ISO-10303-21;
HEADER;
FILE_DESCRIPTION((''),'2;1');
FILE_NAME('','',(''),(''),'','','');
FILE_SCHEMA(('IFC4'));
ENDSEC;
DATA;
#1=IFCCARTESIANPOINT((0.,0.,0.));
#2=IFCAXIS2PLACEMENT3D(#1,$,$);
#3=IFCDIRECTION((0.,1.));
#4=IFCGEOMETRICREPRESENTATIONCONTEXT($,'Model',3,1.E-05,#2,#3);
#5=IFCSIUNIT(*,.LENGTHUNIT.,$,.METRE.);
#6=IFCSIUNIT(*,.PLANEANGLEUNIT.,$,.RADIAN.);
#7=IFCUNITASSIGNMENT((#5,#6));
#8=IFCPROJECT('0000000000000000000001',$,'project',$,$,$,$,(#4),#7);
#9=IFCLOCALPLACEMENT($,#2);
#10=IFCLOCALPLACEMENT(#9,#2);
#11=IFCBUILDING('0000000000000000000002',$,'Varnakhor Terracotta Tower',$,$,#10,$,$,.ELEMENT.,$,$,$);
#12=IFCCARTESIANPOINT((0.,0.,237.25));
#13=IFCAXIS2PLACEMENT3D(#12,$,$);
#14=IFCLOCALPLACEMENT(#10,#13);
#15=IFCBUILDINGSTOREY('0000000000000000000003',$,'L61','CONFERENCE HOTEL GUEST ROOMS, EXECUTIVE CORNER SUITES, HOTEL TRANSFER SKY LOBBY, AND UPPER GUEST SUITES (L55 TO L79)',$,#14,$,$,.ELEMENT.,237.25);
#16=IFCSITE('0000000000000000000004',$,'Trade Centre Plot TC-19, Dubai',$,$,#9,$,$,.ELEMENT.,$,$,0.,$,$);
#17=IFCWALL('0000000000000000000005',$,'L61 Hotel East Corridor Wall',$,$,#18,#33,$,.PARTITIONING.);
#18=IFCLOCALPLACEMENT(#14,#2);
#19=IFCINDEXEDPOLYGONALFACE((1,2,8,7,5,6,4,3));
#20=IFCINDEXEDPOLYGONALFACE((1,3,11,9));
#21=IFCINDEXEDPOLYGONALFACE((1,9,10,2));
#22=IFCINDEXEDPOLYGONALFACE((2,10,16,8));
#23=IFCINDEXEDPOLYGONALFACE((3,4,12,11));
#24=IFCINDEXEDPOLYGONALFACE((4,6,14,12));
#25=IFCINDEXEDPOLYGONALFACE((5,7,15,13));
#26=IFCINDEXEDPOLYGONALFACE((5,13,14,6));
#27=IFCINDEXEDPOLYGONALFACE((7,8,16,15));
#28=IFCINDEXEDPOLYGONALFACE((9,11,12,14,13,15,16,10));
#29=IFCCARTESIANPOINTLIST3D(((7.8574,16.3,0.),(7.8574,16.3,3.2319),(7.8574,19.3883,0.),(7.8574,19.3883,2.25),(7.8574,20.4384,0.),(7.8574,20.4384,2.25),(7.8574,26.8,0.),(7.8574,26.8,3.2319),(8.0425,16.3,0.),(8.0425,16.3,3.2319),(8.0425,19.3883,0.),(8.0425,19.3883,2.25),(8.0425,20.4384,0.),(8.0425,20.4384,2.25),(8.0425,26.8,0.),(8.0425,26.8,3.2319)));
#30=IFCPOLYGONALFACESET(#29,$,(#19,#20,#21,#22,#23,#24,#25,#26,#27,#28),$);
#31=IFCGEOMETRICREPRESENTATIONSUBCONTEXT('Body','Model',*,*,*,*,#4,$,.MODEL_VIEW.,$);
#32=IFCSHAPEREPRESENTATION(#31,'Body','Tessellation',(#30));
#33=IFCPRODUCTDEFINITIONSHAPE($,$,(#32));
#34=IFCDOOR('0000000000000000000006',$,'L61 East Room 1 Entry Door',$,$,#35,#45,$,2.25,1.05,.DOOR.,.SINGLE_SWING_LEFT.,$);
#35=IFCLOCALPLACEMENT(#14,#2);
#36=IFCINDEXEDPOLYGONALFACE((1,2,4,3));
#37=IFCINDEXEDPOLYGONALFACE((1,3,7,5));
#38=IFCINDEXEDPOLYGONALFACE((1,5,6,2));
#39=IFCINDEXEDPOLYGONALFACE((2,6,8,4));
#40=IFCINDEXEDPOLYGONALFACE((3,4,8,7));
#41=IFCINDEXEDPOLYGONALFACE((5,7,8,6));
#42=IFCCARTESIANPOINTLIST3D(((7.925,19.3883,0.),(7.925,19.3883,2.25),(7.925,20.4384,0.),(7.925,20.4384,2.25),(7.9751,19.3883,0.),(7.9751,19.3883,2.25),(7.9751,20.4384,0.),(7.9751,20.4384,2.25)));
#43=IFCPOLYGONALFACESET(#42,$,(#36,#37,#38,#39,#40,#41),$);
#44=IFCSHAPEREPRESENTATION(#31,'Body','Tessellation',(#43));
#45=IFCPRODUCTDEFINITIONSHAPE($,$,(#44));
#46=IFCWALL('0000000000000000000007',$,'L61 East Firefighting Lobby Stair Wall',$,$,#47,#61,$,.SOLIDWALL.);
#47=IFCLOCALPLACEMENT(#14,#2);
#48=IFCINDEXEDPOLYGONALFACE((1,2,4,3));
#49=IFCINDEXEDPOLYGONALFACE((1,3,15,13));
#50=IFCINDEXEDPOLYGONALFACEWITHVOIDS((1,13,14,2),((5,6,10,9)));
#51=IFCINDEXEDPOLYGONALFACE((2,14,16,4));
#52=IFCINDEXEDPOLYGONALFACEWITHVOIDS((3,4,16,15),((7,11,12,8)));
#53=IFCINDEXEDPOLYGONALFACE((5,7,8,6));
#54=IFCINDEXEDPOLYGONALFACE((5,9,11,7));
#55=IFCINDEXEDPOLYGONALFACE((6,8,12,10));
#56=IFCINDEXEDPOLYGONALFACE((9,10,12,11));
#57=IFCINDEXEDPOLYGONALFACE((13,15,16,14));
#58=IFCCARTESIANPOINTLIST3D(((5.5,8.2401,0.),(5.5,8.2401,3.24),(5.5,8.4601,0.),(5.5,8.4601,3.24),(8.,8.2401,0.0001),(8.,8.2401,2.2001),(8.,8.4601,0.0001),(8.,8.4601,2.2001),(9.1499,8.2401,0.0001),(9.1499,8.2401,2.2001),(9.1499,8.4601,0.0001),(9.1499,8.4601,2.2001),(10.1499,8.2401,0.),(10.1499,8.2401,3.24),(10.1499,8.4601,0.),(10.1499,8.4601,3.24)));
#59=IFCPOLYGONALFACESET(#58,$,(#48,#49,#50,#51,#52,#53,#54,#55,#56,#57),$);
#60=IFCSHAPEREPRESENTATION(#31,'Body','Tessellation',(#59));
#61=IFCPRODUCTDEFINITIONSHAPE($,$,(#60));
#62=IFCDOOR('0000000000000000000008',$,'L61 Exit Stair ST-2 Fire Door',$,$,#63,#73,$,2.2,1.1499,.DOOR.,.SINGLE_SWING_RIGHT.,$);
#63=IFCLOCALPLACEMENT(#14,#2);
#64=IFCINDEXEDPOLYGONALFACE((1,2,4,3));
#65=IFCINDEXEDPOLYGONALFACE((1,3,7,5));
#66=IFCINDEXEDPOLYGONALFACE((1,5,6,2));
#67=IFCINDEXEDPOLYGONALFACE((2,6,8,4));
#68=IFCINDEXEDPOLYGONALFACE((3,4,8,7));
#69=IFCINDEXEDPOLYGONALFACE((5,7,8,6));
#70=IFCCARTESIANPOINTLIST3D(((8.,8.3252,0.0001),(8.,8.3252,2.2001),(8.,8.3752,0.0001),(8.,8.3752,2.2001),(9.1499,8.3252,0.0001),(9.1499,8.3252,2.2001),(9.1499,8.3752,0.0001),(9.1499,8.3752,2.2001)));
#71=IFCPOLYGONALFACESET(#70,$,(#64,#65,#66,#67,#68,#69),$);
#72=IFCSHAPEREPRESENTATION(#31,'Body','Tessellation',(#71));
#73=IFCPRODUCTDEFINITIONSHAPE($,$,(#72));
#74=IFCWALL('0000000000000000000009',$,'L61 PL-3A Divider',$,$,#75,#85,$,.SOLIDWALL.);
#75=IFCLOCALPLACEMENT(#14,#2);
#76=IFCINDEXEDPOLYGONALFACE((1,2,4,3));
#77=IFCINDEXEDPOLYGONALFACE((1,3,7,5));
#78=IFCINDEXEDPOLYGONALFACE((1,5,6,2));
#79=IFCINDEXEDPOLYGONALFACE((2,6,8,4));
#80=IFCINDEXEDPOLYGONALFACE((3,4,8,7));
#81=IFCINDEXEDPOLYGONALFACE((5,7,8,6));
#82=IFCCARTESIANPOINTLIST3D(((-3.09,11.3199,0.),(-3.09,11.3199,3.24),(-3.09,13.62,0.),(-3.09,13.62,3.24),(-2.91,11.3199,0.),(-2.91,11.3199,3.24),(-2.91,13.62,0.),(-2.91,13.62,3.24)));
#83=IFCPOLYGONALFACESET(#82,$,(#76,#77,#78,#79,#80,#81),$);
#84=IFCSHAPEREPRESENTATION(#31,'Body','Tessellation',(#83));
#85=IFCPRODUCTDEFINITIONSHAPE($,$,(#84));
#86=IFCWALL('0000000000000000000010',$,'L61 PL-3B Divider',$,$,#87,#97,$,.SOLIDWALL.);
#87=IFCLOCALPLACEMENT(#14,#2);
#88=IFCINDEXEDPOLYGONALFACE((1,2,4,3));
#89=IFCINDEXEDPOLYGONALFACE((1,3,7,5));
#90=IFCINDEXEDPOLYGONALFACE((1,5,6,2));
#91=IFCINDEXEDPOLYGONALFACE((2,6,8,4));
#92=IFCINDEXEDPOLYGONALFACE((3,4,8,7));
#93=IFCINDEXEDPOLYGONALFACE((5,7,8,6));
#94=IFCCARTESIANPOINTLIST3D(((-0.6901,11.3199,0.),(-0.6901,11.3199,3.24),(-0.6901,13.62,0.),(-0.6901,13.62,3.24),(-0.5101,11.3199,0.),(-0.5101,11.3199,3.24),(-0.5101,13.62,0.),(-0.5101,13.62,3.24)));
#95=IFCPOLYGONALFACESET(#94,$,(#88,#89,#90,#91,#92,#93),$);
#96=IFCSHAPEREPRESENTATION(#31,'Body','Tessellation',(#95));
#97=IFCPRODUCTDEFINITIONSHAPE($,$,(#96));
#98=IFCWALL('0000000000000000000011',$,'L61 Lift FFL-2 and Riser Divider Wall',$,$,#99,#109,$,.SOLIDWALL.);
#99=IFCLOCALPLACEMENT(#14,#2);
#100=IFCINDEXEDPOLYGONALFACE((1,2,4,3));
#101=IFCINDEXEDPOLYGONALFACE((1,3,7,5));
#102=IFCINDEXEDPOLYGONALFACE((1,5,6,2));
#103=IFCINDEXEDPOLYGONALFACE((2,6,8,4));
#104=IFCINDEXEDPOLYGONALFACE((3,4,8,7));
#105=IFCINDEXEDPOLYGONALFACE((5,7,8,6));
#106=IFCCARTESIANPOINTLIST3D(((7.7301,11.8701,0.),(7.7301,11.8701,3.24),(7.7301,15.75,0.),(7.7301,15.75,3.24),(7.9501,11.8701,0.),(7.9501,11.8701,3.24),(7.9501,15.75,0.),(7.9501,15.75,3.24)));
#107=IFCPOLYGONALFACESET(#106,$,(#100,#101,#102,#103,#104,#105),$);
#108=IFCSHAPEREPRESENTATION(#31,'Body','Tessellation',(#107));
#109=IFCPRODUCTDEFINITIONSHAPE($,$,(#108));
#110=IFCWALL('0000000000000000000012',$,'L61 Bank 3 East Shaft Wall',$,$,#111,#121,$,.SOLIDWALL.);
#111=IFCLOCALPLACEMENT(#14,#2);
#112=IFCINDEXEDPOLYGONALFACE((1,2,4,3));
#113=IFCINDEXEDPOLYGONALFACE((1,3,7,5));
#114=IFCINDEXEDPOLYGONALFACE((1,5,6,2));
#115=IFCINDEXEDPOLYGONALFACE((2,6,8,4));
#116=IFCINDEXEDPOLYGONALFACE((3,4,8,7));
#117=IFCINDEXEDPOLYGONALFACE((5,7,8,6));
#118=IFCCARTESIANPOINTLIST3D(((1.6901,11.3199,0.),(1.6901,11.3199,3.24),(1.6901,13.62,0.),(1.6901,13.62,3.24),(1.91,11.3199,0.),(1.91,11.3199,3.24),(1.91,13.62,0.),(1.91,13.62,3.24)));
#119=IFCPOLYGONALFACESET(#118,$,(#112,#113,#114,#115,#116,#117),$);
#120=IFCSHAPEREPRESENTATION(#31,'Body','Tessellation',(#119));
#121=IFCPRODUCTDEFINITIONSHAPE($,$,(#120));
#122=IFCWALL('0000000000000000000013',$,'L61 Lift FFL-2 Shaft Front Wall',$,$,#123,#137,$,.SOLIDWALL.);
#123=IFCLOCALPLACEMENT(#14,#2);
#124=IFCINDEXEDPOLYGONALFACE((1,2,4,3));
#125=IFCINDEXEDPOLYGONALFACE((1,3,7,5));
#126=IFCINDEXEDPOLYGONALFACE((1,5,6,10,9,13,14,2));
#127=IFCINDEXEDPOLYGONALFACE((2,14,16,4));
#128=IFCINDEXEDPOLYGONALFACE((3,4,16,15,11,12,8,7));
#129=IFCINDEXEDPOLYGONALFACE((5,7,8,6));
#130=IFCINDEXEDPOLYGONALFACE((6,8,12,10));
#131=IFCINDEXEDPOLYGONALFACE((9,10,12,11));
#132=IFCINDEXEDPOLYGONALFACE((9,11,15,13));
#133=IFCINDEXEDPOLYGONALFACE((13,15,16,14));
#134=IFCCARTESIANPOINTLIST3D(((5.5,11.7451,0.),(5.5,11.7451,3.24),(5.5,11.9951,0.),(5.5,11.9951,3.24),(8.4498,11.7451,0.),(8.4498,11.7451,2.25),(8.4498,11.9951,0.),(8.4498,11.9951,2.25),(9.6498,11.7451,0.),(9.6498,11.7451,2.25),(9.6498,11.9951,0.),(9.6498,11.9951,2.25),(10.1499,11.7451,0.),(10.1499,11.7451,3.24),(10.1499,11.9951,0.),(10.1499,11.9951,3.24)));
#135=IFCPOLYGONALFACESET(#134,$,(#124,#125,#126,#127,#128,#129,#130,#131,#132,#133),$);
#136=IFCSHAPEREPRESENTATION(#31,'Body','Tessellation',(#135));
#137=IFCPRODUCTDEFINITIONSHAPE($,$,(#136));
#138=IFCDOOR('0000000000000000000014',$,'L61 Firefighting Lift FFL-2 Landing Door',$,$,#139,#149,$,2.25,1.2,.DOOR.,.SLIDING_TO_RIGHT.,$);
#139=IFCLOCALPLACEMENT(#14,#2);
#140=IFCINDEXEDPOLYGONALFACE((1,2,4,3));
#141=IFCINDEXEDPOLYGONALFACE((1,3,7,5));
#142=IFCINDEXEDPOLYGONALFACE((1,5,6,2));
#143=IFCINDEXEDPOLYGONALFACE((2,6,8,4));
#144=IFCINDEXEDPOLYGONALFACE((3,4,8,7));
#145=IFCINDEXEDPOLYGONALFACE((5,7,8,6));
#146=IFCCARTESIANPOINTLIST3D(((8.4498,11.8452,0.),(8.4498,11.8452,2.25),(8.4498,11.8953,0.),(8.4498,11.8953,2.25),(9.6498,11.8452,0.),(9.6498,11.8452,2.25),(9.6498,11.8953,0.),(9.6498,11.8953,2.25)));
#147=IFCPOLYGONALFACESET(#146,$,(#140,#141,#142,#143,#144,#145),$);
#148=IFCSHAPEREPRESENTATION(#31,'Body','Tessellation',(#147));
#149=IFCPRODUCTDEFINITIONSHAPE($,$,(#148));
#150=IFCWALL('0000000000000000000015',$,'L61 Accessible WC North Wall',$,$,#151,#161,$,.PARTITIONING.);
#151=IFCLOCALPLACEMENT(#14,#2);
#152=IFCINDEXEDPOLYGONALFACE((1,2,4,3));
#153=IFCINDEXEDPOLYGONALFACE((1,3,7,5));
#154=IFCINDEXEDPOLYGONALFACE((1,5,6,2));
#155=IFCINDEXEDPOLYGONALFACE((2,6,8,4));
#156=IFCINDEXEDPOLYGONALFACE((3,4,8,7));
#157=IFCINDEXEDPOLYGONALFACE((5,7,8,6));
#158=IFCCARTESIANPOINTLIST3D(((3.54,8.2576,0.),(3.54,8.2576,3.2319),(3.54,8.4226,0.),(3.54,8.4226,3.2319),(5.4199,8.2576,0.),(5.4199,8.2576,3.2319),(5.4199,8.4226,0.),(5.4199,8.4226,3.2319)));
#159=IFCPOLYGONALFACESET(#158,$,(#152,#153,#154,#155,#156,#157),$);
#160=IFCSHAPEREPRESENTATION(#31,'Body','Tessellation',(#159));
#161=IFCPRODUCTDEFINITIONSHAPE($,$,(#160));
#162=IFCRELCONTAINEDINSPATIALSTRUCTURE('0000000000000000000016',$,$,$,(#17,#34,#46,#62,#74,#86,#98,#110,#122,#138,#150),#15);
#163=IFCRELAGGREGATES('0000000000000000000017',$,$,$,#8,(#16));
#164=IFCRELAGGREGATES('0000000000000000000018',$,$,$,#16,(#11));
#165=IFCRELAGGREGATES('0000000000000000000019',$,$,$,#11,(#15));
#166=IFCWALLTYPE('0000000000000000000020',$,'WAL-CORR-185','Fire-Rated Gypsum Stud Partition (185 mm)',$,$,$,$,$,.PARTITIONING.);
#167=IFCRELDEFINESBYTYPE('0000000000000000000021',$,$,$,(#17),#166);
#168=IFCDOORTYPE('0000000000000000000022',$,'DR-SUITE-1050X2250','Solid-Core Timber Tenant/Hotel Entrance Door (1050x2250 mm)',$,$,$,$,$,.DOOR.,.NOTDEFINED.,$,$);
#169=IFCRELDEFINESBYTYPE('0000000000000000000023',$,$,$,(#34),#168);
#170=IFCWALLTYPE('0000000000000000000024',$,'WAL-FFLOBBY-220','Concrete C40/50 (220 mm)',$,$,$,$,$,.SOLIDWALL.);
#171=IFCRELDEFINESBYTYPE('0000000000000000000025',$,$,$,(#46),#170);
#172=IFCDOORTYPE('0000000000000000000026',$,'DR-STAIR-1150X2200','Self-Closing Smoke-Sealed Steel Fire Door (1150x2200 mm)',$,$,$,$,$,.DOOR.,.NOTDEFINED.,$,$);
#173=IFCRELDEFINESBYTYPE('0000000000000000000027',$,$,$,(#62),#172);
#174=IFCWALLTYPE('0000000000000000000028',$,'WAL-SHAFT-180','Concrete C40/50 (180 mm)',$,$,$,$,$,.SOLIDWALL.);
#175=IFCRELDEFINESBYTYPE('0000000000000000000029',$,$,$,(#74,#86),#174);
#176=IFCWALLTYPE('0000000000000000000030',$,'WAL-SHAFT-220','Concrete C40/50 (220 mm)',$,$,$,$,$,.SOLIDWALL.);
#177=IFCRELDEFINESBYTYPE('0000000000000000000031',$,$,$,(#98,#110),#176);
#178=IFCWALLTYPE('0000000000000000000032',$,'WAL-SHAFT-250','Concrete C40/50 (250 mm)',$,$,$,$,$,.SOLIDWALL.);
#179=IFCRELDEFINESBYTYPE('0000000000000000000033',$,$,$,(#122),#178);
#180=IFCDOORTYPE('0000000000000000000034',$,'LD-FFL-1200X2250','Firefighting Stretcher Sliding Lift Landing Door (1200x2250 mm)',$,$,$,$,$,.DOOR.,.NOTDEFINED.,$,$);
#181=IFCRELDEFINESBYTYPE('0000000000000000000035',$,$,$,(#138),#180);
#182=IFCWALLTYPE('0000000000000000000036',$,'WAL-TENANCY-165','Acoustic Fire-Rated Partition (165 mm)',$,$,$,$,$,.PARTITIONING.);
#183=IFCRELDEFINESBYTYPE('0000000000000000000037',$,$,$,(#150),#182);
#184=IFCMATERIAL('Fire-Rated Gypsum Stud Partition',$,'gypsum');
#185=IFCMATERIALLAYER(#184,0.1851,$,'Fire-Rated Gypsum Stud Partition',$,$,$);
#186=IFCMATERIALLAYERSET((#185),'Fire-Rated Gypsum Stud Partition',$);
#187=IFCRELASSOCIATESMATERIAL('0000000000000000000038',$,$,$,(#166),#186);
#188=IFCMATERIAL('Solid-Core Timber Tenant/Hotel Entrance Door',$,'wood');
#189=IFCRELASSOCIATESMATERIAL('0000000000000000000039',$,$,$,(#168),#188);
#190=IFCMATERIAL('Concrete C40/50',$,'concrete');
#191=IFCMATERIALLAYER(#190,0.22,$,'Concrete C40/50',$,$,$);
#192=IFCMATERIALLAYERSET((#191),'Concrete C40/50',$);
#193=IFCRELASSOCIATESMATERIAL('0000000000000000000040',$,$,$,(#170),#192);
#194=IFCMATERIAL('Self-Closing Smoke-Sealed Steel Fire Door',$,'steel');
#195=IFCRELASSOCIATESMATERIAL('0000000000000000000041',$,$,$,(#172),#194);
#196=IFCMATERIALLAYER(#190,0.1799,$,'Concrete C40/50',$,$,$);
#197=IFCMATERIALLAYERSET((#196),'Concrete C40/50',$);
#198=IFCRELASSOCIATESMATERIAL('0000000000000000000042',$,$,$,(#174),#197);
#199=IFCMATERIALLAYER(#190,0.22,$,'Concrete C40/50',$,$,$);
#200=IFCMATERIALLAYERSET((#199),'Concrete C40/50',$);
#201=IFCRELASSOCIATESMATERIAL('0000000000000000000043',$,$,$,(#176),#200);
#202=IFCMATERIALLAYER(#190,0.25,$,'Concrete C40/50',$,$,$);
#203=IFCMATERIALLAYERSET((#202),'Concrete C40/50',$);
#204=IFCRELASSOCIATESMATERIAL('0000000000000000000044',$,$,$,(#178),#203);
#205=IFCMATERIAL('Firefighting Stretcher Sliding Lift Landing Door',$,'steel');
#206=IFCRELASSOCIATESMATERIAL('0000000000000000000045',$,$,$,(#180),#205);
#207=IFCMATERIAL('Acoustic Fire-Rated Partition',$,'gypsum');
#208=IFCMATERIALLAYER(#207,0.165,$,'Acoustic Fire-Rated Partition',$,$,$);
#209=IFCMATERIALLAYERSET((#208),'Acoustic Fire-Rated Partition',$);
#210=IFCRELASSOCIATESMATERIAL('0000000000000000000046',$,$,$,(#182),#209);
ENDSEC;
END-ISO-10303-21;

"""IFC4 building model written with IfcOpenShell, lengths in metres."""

from ifc_helpers import new_model, si_unit, direction, frame, frame_2d, origin, place, context, subcontext, project, spatial, rectangle, extrude, source, transform, mapped, material, layer, layer_set, type_object, type_shapes, element, fill, save


model = new_model("IFC4")

# Units and contexts
model_context = context("Model", 3, precision=1e-05, world=origin(), true_north=direction((0.0, 1.0)))
body_context = subcontext(model_context, "Body", "Model", "MODEL_VIEW")
ifc_project = project(units=[si_unit("LENGTHUNIT", "METRE"), si_unit("PLANEANGLEUNIT", "RADIAN")], contexts=[model_context])

# Site, building, storey
site_placement = place(None, origin())
site = spatial("IfcSite", under=ifc_project, at=site_placement, Name="Trade Centre Plot TC-19, Dubai", CompositionType="ELEMENT", RefElevation=0.0)
building_placement = place(site_placement, origin())
building = spatial("IfcBuilding", under=site, at=building_placement, Name="Varnakhor Terracotta Tower", CompositionType="ELEMENT")
storey_placement = place(building_placement, frame((0.0, 0.0, 237.25)))
storey = spatial("IfcBuildingStorey", under=building, at=storey_placement, Name="L61", Description="CONFERENCE HOTEL GUEST ROOMS, EXECUTIVE CORNER SUITES, HOTEL TRANSFER SKY LOBBY, AND UPPER GUEST SUITES (L55 TO L79)", CompositionType="ELEMENT", Elevation=237.25)

# Shared definitions
ifc_material_1 = material(Name="Fire-Rated Gypsum Stud Partition", Category="gypsum")
ifc_layer_1 = layer(ifc_material_1, 0.1851, Name="Fire-Rated Gypsum Stud Partition")
ifc_layer_set_1 = layer_set([ifc_layer_1], Name="Fire-Rated Gypsum Stud Partition")
wall_type_1 = type_object("IfcWallType", Name="WAL-CORR-185", Description="Fire-Rated Gypsum Stud Partition (185 mm)", PredefinedType="PARTITIONING", material=ifc_layer_set_1)

# Walls, openings, doors
wall_1_placement = place(storey_placement, frame((7.95, 16.3, 0.0), z_axis=(0.0, 0.0, 1.0), x_axis=(0.0, 1.0, 0.0)))
wall_1 = element("IfcWall", 1, at=wall_1_placement, inside=storey, type_object=wall_type_1, Name="L61 Hotel East Corridor Wall", PredefinedType="PARTITIONING", context=body_context, shape_type="SweptSolid", body=[
    extrude(rectangle(XDim=10.5, YDim=0.1851, at=frame_2d((5.25, 0.0))), origin(), (0.0, 0.0, 1.0), 3.2319),
])
opening_1_placement = place(wall_1_placement, frame((3.0884, 0.0, 0.0)))
opening_1 = element("IfcOpeningElement", 2, at=opening_1_placement, cuts=wall_1, PredefinedType="OPENING", context=body_context, shape_type="SweptSolid", body=[
    extrude(rectangle(XDim=1.05, YDim=2.25, at=frame_2d((0.5249, 1.125))), frame((0.0, 0.1025, 0.0), z_axis=(0.0, -1.0, 0.0), x_axis=(1.0, 0.0, 0.0)), (0.0, 0.0, 1.0), 0.2051),
])
ifc_material_2 = material(Name="Solid-Core Timber Tenant/Hotel Entrance Door", Category="wood")
door_type_1 = type_object("IfcDoorType", Name="DR-SUITE-1050X2250", Description="Solid-Core Timber Tenant/Hotel Entrance Door (1050x2250 mm)", OperationType="NOTDEFINED", PredefinedType="DOOR", material=ifc_material_2)
shared_shape_1 = source(origin(), body_context, "Body", "SweptSolid", [
    extrude(rectangle(XDim=1.05, YDim=2.25, at=frame_2d((0.5249, 1.125))), frame((0.0, 0.0249, 0.0), z_axis=(0.0, -1.0, 0.0), x_axis=(1.0, 0.0, 0.0)), (0.0, 0.0, 1.0), 0.05),
])
type_shapes(door_type_1, [shared_shape_1])
door_1_placement = place(opening_1_placement, origin())
door_1 = element("IfcDoor", 3, at=door_1_placement, inside=storey, type_object=door_type_1, Name="L61 East Room 1 Entry Door", OperationType="SINGLE_SWING_LEFT", OverallHeight=2.25, OverallWidth=1.05, PredefinedType="DOOR", context=body_context, shape_type="MappedRepresentation", body=[
    mapped(shared_shape_1, transform((0.0, 0.0, 0.0), scale=1.0)),
])
fill(opening_1, door_1)
ifc_material_3 = material(Name="Concrete C40/50", Category="concrete")
ifc_layer_2 = layer(ifc_material_3, 0.22, Name="Concrete C40/50")
ifc_layer_set_2 = layer_set([ifc_layer_2], Name="Concrete C40/50")
wall_type_2 = type_object("IfcWallType", Name="WAL-FFLOBBY-220", Description="Concrete C40/50 (220 mm)", PredefinedType="SOLIDWALL", material=ifc_layer_set_2)
wall_2_placement = place(storey_placement, frame((10.1499, 8.3501, 0.0), z_axis=(0.0, 0.0, 1.0), x_axis=(-1.0, 0.0, 0.0)))
wall_2 = element("IfcWall", 4, at=wall_2_placement, inside=storey, type_object=wall_type_2, Name="L61 East Firefighting Lobby Stair Wall", PredefinedType="SOLIDWALL", context=body_context, shape_type="SweptSolid", body=[
    extrude(rectangle(XDim=4.6499, YDim=0.22, at=frame_2d((2.325, 0.0))), origin(), (0.0, 0.0, 1.0), 3.24),
])
opening_2_placement = place(wall_2_placement, frame((1.0, 0.0, 0.0)))
opening_2 = element("IfcOpeningElement", 5, at=opening_2_placement, cuts=wall_2, PredefinedType="OPENING", context=body_context, shape_type="SweptSolid", body=[
    extrude(rectangle(XDim=1.1499, YDim=2.2, at=frame_2d((0.575, 1.1001))), frame((0.0, 0.1201, 0.0), z_axis=(0.0, -1.0, 0.0), x_axis=(1.0, 0.0, 0.0)), (0.0, 0.0, 1.0), 0.24),
])
ifc_material_4 = material(Name="Self-Closing Smoke-Sealed Steel Fire Door", Category="steel")
door_type_2 = type_object("IfcDoorType", Name="DR-STAIR-1150X2200", Description="Self-Closing Smoke-Sealed Steel Fire Door (1150x2200 mm)", OperationType="NOTDEFINED", PredefinedType="DOOR", material=ifc_material_4)
shared_shape_2 = source(origin(), body_context, "Body", "SweptSolid", [
    extrude(rectangle(XDim=1.1499, YDim=2.2, at=frame_2d((0.575, 1.1001))), frame((0.0, 0.0249, 0.0), z_axis=(0.0, -1.0, 0.0), x_axis=(1.0, 0.0, 0.0)), (0.0, 0.0, 1.0), 0.05),
])
type_shapes(door_type_2, [shared_shape_2])
door_2_placement = place(opening_2_placement, origin())
door_2 = element("IfcDoor", 6, at=door_2_placement, inside=storey, type_object=door_type_2, Name="L61 Exit Stair ST-2 Fire Door", OperationType="SINGLE_SWING_RIGHT", OverallHeight=2.2, OverallWidth=1.1499, PredefinedType="DOOR", context=body_context, shape_type="MappedRepresentation", body=[
    mapped(shared_shape_2, transform((0.0, 0.0, 0.0), scale=1.0)),
])
fill(opening_2, door_2)

# Walls
ifc_layer_3 = layer(ifc_material_3, 0.1799, Name="Concrete C40/50")
ifc_layer_set_3 = layer_set([ifc_layer_3], Name="Concrete C40/50")
wall_type_3 = type_object("IfcWallType", Name="WAL-SHAFT-180", Description="Concrete C40/50 (180 mm)", PredefinedType="SOLIDWALL", material=ifc_layer_set_3)
for number, where, z_axis, x_axis, name in (
    (7, (-3.0, 11.3201, 0.0), (0.0, 0.0, 1.0), (0.0, 1.0, 0.0), "L61 PL-3A Divider"),
    (8, (-0.6001, 11.3201, 0.0), (0.0, 0.0, 1.0), (0.0, 1.0, 0.0), "L61 PL-3B Divider"),
):
    element("IfcWall", number, at=place(storey_placement, frame(where, z_axis=z_axis, x_axis=x_axis)), inside=storey, type_object=wall_type_3, Name=name, PredefinedType="SOLIDWALL", context=body_context, shape_type="SweptSolid", body=[
        extrude(rectangle(XDim=2.3, YDim=0.1799, at=frame_2d((1.1499, 0.0))), origin(), (0.0, 0.0, 1.0), 3.24),
    ])
ifc_layer_4 = layer(ifc_material_3, 0.22, Name="Concrete C40/50")
ifc_layer_set_4 = layer_set([ifc_layer_4], Name="Concrete C40/50")
wall_type_4 = type_object("IfcWallType", Name="WAL-SHAFT-220", Description="Concrete C40/50 (220 mm)", PredefinedType="SOLIDWALL", material=ifc_layer_set_4)
wall_3_placement = place(storey_placement, frame((7.8401, 11.8701, 0.0), z_axis=(0.0, 0.0, 1.0), x_axis=(0.0, 1.0, 0.0)))
element("IfcWall", 9, at=wall_3_placement, inside=storey, type_object=wall_type_4, Name="L61 Lift FFL-2 and Riser Divider Wall", PredefinedType="SOLIDWALL", context=body_context, shape_type="SweptSolid", body=[
    extrude(rectangle(XDim=3.8799, YDim=0.22, at=frame_2d((1.9399, 0.0))), origin(), (0.0, 0.0, 1.0), 3.24),
])
wall_4_placement = place(storey_placement, frame((1.8, 11.3201, 0.0), z_axis=(0.0, 0.0, 1.0), x_axis=(0.0, 1.0, 0.0)))
element("IfcWall", 10, at=wall_4_placement, inside=storey, type_object=wall_type_4, Name="L61 Bank 3 East Shaft Wall", PredefinedType="SOLIDWALL", context=body_context, shape_type="SweptSolid", body=[
    extrude(rectangle(XDim=2.3, YDim=0.22, at=frame_2d((1.1499, 0.0))), origin(), (0.0, 0.0, 1.0), 3.24),
])

# Wall, opening, door
ifc_layer_5 = layer(ifc_material_3, 0.25, Name="Concrete C40/50")
ifc_layer_set_5 = layer_set([ifc_layer_5], Name="Concrete C40/50")
wall_type_5 = type_object("IfcWallType", Name="WAL-SHAFT-250", Description="Concrete C40/50 (250 mm)", PredefinedType="SOLIDWALL", material=ifc_layer_set_5)
wall_5_placement = place(storey_placement, frame((10.1499, 11.8701, 0.0), z_axis=(0.0, 0.0, 1.0), x_axis=(-1.0, 0.0, 0.0)))
wall_5 = element("IfcWall", 11, at=wall_5_placement, inside=storey, type_object=wall_type_5, Name="L61 Lift FFL-2 Shaft Front Wall", PredefinedType="SOLIDWALL", context=body_context, shape_type="SweptSolid", body=[
    extrude(rectangle(XDim=4.6499, YDim=0.25, at=frame_2d((2.325, 0.0))), origin(), (0.0, 0.0, 1.0), 3.24),
])
opening_3_placement = place(wall_5_placement, frame((0.5, 0.0, 0.0)))
opening_3 = element("IfcOpeningElement", 12, at=opening_3_placement, cuts=wall_5, PredefinedType="OPENING", context=body_context, shape_type="SweptSolid", body=[
    extrude(rectangle(XDim=1.2, YDim=2.25, at=frame_2d((0.6001, 1.125))), frame((0.0, 0.135, 0.0), z_axis=(0.0, -1.0, 0.0), x_axis=(1.0, 0.0, 0.0)), (0.0, 0.0, 1.0), 0.27),
])
ifc_material_5 = material(Name="Firefighting Stretcher Sliding Lift Landing Door", Category="steel")
door_type_3 = type_object("IfcDoorType", Name="LD-FFL-1200X2250", Description="Firefighting Stretcher Sliding Lift Landing Door (1200x2250 mm)", OperationType="NOTDEFINED", PredefinedType="DOOR", material=ifc_material_5)
shared_shape_3 = source(origin(), body_context, "Body", "SweptSolid", [
    extrude(rectangle(XDim=1.2, YDim=2.25, at=frame_2d((0.6001, 1.125))), frame((0.0, 0.0249, 0.0), z_axis=(0.0, -1.0, 0.0), x_axis=(1.0, 0.0, 0.0)), (0.0, 0.0, 1.0), 0.05),
])
type_shapes(door_type_3, [shared_shape_3])
door_3_placement = place(opening_3_placement, origin())
door_3 = element("IfcDoor", 13, at=door_3_placement, inside=storey, type_object=door_type_3, Name="L61 Firefighting Lift FFL-2 Landing Door", OperationType="SLIDING_TO_RIGHT", OverallHeight=2.25, OverallWidth=1.2, PredefinedType="DOOR", context=body_context, shape_type="MappedRepresentation", body=[
    mapped(shared_shape_3, transform((0.0, 0.0, 0.0), scale=1.0)),
])
fill(opening_3, door_3)

# Wall
ifc_material_6 = material(Name="Acoustic Fire-Rated Partition", Category="gypsum")
ifc_layer_6 = layer(ifc_material_6, 0.165, Name="Acoustic Fire-Rated Partition")
ifc_layer_set_6 = layer_set([ifc_layer_6], Name="Acoustic Fire-Rated Partition")
wall_type_6 = type_object("IfcWallType", Name="WAL-TENANCY-165", Description="Acoustic Fire-Rated Partition (165 mm)", PredefinedType="PARTITIONING", material=ifc_layer_set_6)
wall_6_placement = place(storey_placement, frame((3.54, 8.3401, 0.0), z_axis=(0.0, 0.0, 1.0), x_axis=(1.0, 0.0, 0.0)))
element("IfcWall", 14, at=wall_6_placement, inside=storey, type_object=wall_type_6, Name="L61 Accessible WC North Wall", PredefinedType="PARTITIONING", context=body_context, shape_type="SweptSolid", body=[
    extrude(rectangle(XDim=1.8799, YDim=0.165, at=frame_2d((0.9399, 0.0))), origin(), (0.0, 0.0, 1.0), 3.2319),
])

save(model, "model.ifc")
